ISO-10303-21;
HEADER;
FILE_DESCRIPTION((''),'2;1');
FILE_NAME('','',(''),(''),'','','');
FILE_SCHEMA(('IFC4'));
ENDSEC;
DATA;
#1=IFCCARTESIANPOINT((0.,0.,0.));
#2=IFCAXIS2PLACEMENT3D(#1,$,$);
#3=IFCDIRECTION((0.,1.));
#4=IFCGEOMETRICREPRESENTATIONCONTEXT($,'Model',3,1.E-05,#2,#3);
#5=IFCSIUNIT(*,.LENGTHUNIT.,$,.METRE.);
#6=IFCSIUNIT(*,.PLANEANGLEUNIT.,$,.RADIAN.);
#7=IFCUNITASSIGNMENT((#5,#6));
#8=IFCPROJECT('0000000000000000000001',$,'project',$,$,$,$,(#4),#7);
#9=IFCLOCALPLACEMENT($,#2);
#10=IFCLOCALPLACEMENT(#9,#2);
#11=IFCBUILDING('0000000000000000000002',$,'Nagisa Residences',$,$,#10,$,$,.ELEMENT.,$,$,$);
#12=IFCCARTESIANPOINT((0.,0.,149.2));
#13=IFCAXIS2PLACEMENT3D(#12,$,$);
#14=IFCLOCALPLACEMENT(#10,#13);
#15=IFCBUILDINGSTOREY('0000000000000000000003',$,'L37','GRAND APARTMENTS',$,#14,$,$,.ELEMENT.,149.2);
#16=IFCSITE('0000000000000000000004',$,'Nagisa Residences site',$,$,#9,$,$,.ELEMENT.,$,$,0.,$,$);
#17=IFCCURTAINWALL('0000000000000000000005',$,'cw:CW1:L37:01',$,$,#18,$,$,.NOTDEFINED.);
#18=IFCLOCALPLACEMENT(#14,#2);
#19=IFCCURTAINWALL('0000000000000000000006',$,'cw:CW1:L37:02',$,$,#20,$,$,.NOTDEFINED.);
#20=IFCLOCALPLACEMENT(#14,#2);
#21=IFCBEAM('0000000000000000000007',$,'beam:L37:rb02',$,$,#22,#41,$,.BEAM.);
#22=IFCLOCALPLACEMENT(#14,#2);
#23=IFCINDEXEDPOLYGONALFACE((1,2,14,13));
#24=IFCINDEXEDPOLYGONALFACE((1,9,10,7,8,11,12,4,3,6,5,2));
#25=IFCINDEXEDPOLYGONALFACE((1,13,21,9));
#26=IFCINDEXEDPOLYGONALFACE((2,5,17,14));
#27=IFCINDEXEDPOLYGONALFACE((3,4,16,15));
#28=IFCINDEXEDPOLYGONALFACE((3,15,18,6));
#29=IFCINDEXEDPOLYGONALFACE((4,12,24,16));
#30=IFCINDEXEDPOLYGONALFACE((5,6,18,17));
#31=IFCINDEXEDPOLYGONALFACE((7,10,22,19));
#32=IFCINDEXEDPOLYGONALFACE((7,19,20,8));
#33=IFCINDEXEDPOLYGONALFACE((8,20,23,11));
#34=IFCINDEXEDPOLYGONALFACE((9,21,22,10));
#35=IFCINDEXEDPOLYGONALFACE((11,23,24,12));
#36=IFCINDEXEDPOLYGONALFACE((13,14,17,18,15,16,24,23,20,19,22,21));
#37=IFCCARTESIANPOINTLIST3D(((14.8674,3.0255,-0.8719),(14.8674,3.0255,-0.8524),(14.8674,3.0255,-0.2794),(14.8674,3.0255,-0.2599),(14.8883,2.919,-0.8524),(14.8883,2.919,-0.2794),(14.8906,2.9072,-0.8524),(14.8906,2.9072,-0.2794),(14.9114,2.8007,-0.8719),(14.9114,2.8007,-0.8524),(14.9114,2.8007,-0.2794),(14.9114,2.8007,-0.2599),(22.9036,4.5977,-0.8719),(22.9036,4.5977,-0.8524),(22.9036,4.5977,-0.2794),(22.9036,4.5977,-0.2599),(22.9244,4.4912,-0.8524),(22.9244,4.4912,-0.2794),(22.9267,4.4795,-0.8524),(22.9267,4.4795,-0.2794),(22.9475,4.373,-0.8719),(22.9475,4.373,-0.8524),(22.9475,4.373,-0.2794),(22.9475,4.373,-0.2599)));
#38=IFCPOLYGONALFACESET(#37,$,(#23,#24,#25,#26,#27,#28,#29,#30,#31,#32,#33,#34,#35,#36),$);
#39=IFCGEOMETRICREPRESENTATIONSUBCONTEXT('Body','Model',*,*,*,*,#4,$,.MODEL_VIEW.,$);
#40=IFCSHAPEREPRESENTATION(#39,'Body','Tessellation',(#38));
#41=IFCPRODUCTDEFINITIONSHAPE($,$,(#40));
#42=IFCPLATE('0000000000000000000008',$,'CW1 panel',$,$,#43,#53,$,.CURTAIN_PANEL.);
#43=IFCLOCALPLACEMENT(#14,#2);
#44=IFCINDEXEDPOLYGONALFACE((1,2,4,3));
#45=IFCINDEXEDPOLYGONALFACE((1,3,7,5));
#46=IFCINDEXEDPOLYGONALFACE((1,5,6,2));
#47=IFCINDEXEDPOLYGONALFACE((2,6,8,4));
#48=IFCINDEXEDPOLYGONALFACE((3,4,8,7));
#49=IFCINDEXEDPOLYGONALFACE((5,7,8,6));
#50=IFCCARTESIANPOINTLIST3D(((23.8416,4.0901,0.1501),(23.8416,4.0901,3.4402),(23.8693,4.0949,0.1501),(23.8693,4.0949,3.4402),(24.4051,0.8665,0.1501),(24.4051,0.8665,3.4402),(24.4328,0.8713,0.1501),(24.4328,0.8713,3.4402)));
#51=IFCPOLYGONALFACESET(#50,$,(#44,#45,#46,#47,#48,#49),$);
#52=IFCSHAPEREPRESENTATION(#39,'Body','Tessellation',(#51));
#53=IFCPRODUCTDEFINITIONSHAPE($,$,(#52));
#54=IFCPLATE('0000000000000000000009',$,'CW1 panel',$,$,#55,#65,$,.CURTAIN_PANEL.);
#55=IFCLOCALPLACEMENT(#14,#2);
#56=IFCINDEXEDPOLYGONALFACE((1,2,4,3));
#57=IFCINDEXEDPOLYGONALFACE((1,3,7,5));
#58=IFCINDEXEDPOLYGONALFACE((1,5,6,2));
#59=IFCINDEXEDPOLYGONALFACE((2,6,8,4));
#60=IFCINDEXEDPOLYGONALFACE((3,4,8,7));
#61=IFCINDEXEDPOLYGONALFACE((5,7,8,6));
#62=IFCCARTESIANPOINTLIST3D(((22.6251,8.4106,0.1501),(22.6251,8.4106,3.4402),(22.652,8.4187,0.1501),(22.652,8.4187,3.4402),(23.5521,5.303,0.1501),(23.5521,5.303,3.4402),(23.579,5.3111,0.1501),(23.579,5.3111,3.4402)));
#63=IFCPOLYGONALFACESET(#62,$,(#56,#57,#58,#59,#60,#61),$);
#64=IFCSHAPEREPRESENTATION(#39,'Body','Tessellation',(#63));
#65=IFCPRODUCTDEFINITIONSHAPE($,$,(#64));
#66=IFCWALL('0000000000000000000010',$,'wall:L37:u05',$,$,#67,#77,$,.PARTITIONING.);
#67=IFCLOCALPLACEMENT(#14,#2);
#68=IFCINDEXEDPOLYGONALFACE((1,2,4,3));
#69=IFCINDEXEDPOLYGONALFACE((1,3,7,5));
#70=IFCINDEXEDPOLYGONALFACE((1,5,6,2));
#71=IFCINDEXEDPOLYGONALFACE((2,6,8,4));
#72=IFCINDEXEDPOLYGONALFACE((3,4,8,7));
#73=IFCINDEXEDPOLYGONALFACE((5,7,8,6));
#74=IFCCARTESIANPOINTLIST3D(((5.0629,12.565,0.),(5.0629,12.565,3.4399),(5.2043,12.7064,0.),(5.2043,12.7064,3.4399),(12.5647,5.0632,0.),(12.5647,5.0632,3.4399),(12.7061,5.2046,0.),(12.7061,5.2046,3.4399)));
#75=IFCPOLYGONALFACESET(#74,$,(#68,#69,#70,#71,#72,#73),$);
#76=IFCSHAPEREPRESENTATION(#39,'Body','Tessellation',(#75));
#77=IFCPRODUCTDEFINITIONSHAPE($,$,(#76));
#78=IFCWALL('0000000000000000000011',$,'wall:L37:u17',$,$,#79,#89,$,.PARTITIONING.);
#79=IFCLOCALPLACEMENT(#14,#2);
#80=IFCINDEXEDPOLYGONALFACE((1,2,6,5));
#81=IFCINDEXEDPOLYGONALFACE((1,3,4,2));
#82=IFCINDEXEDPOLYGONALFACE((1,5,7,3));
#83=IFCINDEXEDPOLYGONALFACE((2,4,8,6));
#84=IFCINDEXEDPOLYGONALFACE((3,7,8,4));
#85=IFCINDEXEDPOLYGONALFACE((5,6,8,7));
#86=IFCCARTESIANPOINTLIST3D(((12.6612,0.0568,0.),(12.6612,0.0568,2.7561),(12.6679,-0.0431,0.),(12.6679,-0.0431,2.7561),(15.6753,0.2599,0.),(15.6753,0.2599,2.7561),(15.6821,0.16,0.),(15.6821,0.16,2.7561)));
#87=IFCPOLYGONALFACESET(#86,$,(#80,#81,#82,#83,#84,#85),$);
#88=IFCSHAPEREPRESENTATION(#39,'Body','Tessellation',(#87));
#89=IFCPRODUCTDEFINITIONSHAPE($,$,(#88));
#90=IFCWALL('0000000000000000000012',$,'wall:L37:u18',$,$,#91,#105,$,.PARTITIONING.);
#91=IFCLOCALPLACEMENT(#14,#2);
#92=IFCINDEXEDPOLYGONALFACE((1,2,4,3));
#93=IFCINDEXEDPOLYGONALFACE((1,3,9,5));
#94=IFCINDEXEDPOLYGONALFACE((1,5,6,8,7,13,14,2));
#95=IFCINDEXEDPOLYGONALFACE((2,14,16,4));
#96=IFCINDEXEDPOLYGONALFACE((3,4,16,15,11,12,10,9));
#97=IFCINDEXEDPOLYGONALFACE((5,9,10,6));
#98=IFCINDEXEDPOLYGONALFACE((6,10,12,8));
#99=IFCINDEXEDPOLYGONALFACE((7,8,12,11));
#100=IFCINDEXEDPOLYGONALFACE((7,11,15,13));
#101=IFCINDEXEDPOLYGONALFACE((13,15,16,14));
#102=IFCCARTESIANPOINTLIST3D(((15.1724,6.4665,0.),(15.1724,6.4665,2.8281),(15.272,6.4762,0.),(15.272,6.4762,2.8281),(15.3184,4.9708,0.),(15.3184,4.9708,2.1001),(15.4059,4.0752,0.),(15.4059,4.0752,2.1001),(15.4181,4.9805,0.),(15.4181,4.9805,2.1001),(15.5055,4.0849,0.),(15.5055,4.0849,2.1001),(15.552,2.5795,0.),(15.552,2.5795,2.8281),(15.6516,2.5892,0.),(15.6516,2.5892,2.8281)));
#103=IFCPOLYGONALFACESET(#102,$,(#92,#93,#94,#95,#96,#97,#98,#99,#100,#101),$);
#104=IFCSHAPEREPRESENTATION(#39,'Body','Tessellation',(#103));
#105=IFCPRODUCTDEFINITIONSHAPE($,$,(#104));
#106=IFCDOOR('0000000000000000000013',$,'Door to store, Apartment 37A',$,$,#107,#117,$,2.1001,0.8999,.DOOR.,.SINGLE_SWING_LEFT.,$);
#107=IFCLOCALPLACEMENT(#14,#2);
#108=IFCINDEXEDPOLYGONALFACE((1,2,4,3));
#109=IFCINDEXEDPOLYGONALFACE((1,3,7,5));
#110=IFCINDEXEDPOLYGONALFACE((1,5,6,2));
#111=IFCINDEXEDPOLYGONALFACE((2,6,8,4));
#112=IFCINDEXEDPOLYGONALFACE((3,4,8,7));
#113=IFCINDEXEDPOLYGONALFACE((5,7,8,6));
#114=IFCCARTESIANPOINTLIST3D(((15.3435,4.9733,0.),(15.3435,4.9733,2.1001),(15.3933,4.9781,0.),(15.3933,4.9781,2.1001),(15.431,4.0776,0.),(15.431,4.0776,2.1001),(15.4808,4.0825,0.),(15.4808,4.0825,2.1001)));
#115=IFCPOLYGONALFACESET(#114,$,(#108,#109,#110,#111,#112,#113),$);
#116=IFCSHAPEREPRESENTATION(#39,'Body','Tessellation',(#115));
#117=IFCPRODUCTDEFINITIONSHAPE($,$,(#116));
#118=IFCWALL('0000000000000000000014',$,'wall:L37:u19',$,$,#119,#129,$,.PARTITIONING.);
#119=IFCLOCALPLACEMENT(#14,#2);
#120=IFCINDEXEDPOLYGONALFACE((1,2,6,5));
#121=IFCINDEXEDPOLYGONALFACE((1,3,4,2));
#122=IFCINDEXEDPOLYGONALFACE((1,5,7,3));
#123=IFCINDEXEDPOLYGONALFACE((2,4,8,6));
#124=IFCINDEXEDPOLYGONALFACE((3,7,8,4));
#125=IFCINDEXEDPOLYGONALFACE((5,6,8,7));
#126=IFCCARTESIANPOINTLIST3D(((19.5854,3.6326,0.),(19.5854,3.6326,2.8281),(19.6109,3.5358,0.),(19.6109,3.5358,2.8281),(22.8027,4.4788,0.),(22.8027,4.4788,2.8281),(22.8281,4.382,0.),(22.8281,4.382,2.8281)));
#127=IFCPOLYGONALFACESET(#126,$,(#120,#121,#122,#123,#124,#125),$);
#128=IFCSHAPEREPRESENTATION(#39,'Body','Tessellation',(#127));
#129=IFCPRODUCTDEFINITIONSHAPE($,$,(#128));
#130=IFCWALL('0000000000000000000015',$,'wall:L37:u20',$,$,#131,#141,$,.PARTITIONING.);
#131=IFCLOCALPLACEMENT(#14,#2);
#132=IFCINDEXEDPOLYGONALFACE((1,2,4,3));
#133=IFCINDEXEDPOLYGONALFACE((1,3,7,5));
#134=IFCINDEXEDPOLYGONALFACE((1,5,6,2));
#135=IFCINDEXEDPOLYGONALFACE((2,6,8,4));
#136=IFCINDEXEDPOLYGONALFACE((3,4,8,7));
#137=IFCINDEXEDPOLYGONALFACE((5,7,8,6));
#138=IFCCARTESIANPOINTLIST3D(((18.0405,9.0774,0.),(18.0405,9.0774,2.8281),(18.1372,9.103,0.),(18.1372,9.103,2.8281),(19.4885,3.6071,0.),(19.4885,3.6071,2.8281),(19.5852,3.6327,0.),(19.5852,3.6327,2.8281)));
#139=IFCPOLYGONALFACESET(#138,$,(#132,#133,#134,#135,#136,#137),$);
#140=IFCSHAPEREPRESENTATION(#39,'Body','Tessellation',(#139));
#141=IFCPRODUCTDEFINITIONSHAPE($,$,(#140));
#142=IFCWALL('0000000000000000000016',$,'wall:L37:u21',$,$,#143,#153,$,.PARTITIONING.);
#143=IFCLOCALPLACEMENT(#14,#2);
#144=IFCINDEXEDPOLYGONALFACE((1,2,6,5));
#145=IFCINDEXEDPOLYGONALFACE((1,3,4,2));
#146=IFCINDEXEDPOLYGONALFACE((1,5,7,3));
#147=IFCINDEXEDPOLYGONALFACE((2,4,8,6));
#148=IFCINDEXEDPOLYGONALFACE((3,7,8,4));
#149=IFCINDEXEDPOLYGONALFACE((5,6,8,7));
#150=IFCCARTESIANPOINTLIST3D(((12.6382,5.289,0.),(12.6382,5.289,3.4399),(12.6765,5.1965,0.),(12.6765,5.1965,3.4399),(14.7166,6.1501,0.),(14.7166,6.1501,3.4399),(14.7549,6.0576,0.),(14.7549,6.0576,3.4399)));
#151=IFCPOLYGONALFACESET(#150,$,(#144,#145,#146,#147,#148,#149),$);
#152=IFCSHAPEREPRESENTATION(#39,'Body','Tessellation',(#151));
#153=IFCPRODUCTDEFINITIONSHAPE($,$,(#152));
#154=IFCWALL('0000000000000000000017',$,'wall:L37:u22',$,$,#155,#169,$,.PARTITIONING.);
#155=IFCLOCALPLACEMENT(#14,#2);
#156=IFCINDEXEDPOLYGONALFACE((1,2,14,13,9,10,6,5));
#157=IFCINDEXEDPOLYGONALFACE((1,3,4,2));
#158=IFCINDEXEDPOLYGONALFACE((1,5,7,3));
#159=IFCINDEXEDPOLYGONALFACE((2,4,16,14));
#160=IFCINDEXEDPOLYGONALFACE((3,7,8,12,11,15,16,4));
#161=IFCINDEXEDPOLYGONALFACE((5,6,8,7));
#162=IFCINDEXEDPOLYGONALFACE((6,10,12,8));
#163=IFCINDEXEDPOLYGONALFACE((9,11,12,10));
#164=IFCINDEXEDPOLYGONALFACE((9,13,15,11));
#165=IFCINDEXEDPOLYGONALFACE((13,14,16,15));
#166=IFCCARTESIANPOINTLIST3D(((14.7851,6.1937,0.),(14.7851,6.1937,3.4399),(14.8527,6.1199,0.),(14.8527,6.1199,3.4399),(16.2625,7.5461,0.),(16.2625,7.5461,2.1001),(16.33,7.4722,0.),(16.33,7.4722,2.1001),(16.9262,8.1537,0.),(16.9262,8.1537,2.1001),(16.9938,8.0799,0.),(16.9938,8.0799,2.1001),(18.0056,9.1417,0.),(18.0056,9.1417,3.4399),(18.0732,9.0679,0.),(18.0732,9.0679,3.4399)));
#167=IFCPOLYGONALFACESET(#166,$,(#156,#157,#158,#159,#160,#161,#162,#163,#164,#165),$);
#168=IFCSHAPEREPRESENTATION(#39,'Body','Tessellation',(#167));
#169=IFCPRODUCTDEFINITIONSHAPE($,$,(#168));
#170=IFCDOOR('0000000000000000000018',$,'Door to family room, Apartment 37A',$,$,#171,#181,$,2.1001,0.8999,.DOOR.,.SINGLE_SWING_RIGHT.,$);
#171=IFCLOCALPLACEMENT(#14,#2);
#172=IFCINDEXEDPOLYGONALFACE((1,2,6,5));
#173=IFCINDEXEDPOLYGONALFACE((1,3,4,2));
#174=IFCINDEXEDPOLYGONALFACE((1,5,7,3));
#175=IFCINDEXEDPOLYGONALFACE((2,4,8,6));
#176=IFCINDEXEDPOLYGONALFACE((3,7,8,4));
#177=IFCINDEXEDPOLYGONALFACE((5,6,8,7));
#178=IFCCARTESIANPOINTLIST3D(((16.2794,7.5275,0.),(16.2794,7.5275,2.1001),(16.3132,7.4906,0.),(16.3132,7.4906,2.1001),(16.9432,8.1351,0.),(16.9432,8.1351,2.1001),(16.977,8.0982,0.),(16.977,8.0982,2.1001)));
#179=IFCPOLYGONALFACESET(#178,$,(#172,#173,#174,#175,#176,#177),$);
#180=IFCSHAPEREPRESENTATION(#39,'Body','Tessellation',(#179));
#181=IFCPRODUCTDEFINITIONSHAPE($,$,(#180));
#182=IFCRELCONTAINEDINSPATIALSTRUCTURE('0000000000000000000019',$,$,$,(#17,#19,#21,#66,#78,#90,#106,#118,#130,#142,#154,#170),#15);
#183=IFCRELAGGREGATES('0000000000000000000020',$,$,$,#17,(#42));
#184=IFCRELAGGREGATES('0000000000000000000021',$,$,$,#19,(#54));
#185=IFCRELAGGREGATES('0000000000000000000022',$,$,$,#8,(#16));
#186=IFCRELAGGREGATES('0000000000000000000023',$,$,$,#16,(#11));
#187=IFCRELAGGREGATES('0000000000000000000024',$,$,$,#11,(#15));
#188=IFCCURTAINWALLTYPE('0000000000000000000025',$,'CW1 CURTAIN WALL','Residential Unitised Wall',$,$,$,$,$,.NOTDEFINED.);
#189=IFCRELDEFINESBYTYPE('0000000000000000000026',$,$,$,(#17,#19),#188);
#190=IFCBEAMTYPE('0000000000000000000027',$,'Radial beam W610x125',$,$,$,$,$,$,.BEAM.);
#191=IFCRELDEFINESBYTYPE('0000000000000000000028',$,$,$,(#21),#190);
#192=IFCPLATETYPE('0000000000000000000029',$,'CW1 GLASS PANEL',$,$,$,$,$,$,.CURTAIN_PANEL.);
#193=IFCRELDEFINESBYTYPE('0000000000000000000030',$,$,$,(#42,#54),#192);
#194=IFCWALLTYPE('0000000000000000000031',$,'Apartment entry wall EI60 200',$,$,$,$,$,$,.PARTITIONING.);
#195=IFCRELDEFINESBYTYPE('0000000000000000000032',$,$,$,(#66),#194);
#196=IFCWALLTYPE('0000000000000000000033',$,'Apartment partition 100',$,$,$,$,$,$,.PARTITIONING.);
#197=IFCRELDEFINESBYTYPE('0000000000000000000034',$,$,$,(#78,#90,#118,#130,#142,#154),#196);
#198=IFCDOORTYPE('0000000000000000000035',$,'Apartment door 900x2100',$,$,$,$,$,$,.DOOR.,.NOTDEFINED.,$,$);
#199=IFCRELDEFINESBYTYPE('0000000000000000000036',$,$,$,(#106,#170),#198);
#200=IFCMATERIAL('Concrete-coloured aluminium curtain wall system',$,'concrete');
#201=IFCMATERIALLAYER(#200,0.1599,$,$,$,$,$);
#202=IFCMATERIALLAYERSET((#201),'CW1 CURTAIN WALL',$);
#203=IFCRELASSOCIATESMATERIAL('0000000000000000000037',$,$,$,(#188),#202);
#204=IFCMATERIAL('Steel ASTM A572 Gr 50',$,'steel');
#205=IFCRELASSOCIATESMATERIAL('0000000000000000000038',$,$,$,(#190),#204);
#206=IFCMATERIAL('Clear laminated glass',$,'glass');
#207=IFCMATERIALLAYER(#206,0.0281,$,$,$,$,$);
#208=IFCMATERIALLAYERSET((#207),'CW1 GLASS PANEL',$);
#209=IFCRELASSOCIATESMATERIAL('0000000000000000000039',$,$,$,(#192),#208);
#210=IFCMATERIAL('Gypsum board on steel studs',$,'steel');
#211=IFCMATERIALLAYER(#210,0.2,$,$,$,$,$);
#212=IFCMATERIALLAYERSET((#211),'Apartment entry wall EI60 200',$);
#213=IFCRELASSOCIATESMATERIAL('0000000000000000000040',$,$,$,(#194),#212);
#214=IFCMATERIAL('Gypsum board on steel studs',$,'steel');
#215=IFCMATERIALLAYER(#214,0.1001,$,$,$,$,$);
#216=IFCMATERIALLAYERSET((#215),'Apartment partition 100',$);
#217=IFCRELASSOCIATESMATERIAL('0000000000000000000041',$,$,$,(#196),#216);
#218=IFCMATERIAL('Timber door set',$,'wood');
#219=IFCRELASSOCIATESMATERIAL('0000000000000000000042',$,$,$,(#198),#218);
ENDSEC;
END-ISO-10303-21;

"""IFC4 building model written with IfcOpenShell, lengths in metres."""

from ifc_helpers import new_model, si_unit, direction, frame, frame_2d, origin, origin_2d, place, context, subcontext, project, spatial, rectangle, i_section, extrude, material, layer, layer_set, material_profile, profile_set, type_object, element, fill, aggregate, save


model = new_model("IFC4")

# Units and contexts
model_context = context("Model", 3, precision=1e-05, world=origin(), true_north=direction((0.0, 1.0)))
body_context = subcontext(model_context, "Body", "Model", "MODEL_VIEW")
ifc_project = project(units=[si_unit("LENGTHUNIT", "METRE"), si_unit("PLANEANGLEUNIT", "RADIAN")], contexts=[model_context])

# Site, building, storey
site_placement = place(None, origin())
site = spatial("IfcSite", under=ifc_project, at=site_placement, Name="Nagisa Residences site", CompositionType="ELEMENT", RefElevation=0.0)
building_placement = place(site_placement, origin())
building = spatial("IfcBuilding", under=site, at=building_placement, Name="Nagisa Residences", CompositionType="ELEMENT")
storey_placement = place(building_placement, frame((0.0, 0.0, 149.2)))
storey = spatial("IfcBuildingStorey", under=building, at=storey_placement, Name="L37", Description="GRAND APARTMENTS", CompositionType="ELEMENT", Elevation=149.2)

# Curtain walls
ifc_material_1 = material(Name="Concrete-coloured aluminium curtain wall system", Category="concrete")
ifc_layer_1 = layer(ifc_material_1, 0.1599)
ifc_layer_set_1 = layer_set([ifc_layer_1], Name="CW1 CURTAIN WALL")
curtain_wall_type = type_object("IfcCurtainWallType", Name="CW1 CURTAIN WALL", Description="Residential Unitised Wall", PredefinedType="NOTDEFINED", material=ifc_layer_set_1)
curtain_wall_1_placement = place(storey_placement, origin())
curtain_wall_1 = element("IfcCurtainWall", 1, at=curtain_wall_1_placement, inside=storey, type_object=curtain_wall_type, Name="cw:CW1:L37:01", PredefinedType="NOTDEFINED")
curtain_wall_2_placement = place(storey_placement, origin())
curtain_wall_2 = element("IfcCurtainWall", 2, at=curtain_wall_2_placement, inside=storey, type_object=curtain_wall_type, Name="cw:CW1:L37:02", PredefinedType="NOTDEFINED")

# Beam
ifc_material_2 = material(Name="Steel ASTM A572 Gr 50", Category="steel")
ifc_material_profile_1 = material_profile(ifc_material_2, i_section(OverallWidth=0.229, OverallDepth=0.6121, WebThickness=0.012, FlangeThickness=0.0195, at=origin_2d()), Name="W610x125")
ifc_profile_set_1 = profile_set([ifc_material_profile_1], Name="Steel ASTM A572 Gr 50")
beam_type_1 = type_object("IfcBeamType", Name="Radial beam W610x125", PredefinedType="BEAM", material=ifc_profile_set_1)
beam_1_placement = place(storey_placement, frame((22.9255, 4.4854, -0.5659), z_axis=(-0.981393, -0.192009, 0.0), x_axis=(0.192009, -0.981393, 0.0)))
element("IfcBeam", 3, at=beam_1_placement, inside=storey, type_object=beam_type_1, Name="beam:L37:rb02", PredefinedType="BEAM", context=body_context, shape_type="SweptSolid", body=[
    extrude(i_section(OverallWidth=0.229, OverallDepth=0.6121, WebThickness=0.012, FlangeThickness=0.0195, at=origin_2d()), origin(), (0.0, 0.0, 1.0), 8.1885),
])

# Plates
ifc_material_3 = material(Name="Clear laminated glass", Category="glass")
ifc_layer_2 = layer(ifc_material_3, 0.0281)
ifc_layer_set_2 = layer_set([ifc_layer_2], Name="CW1 GLASS PANEL")
plate_type = type_object("IfcPlateType", Name="CW1 GLASS PANEL", PredefinedType="CURTAIN_PANEL", material=ifc_layer_set_2)
plate_1_placement = place(storey_placement, frame((24.1372, 2.4807, 0.1501), z_axis=(0.0, 0.0, 1.0), x_axis=(-0.172191, 0.985064, 0.0)))
plate_1 = element("IfcPlate", 4, at=plate_1_placement, type_object=plate_type, Name="CW1 panel", PredefinedType="CURTAIN_PANEL", context=body_context, shape_type="SweptSolid", body=[
    extrude(rectangle(XDim=3.2725, YDim=0.0281, at=origin_2d()), origin(), (0.0, 0.0, 1.0), 3.29),
])
aggregate(curtain_wall_1, [plate_1])
plate_2_placement = place(storey_placement, frame((23.1021, 6.8608, 0.1501), z_axis=(0.0, 0.0, 1.0), x_axis=(-0.28586, 0.958271, 0.0)))
plate_2 = element("IfcPlate", 5, at=plate_2_placement, type_object=plate_type, Name="CW1 panel", PredefinedType="CURTAIN_PANEL", context=body_context, shape_type="SweptSolid", body=[
    extrude(rectangle(XDim=3.2429, YDim=0.0281, at=origin_2d()), origin(), (0.0, 0.0, 1.0), 3.29),
])
aggregate(curtain_wall_2, [plate_2])

# Walls
ifc_material_4 = material(Name="Gypsum board on steel studs", Category="steel")
ifc_layer_3 = layer(ifc_material_4, 0.2)
ifc_layer_set_3 = layer_set([ifc_layer_3], Name="Apartment entry wall EI60 200")
wall_type_1 = type_object("IfcWallType", Name="Apartment entry wall EI60 200", PredefinedType="PARTITIONING", material=ifc_layer_set_3)
wall_1_placement = place(storey_placement, frame((12.6355, 5.1338, 0.0), z_axis=(0.0, 0.0, 1.0), x_axis=(-0.707107, 0.707107, 0.0)))
element("IfcWall", 6, at=wall_1_placement, inside=storey, type_object=wall_type_1, Name="wall:L37:u05", PredefinedType="PARTITIONING", context=body_context, shape_type="SweptSolid", body=[
    extrude(rectangle(XDim=10.6091, YDim=0.2, at=frame_2d((5.3047, 0.0))), origin(), (0.0, 0.0, 1.0), 3.4399),
])
ifc_material_5 = material(Name="Gypsum board on steel studs", Category="steel")
ifc_layer_4 = layer(ifc_material_5, 0.1001)
ifc_layer_set_4 = layer_set([ifc_layer_4], Name="Apartment partition 100")
wall_type_2 = type_object("IfcWallType", Name="Apartment partition 100", PredefinedType="PARTITIONING", material=ifc_layer_set_4)
wall_2_placement = place(storey_placement, frame((12.6646, 0.0068, 0.0), z_axis=(0.0, 0.0, 1.0), x_axis=(0.997737, 0.067238, 0.0)))
element("IfcWall", 7, at=wall_2_placement, inside=storey, type_object=wall_type_2, Name="wall:L37:u17", PredefinedType="PARTITIONING", context=body_context, shape_type="SweptSolid", body=[
    extrude(rectangle(XDim=3.021, YDim=0.1001, at=frame_2d((1.5105, 0.0))), origin(), (0.0, 0.0, 1.0), 2.7561),
])

# Wall, opening, door
wall_3_placement = place(storey_placement, frame((15.6018, 2.5845, 0.0), z_axis=(0.0, 0.0, 1.0), x_axis=(-0.097207, 0.995264, 0.0)))
wall_3 = element("IfcWall", 8, at=wall_3_placement, inside=storey, type_object=wall_type_2, Name="wall:L37:u18", PredefinedType="PARTITIONING", context=body_context, shape_type="SweptSolid", body=[
    extrude(rectangle(XDim=3.9055, YDim=0.1001, at=frame_2d((1.9526, 0.0))), origin(), (0.0, 0.0, 1.0), 2.8281),
])
opening_1_placement = place(wall_3_placement, frame((1.5027, 0.0, 0.0)))
opening_1 = element("IfcOpeningElement", 9, at=opening_1_placement, cuts=wall_3, PredefinedType="OPENING", context=body_context, shape_type="SweptSolid", body=[
    extrude(rectangle(XDim=0.8999, YDim=2.1001, at=frame_2d((0.45, 1.05))), frame((0.0, 0.0601, 0.0), z_axis=(0.0, -1.0, 0.0), x_axis=(1.0, 0.0, 0.0)), (0.0, 0.0, 1.0), 0.1201),
])
ifc_material_6 = material(Name="Timber door set", Category="wood")
door_type_1 = type_object("IfcDoorType", Name="Apartment door 900x2100", OperationType="NOTDEFINED", PredefinedType="DOOR", material=ifc_material_6)
door_1_placement = place(opening_1_placement, origin())
door_1 = element("IfcDoor", 10, at=door_1_placement, inside=storey, type_object=door_type_1, Name="Door to store, Apartment 37A", OperationType="SINGLE_SWING_LEFT", OverallHeight=2.1001, OverallWidth=0.8999, PredefinedType="DOOR", context=body_context, shape_type="SweptSolid", body=[
    extrude(rectangle(XDim=0.8999, YDim=2.1001, at=frame_2d((0.45, 1.05))), frame((0.0, 0.0249, 0.0), z_axis=(0.0, -1.0, 0.0), x_axis=(1.0, 0.0, 0.0)), (0.0, 0.0, 1.0), 0.05),
])
fill(opening_1, door_1)

# Walls
wall_4_placement = place(storey_placement, frame((19.5981, 3.5842, 0.0), z_axis=(0.0, 0.0, 1.0), x_axis=(0.967109, 0.254363, 0.0)))
element("IfcWall", 11, at=wall_4_placement, inside=storey, type_object=wall_type_2, Name="wall:L37:u19", PredefinedType="PARTITIONING", context=body_context, shape_type="SweptSolid", body=[
    extrude(rectangle(XDim=3.3267, YDim=0.1001, at=frame_2d((1.6633, 0.0))), origin(), (0.0, 0.0, 1.0), 2.8281),
])
wall_5_placement = place(storey_placement, frame((19.5369, 3.6199, 0.0), z_axis=(0.0, 0.0, 1.0), x_axis=(-0.255893, 0.966705, 0.0)))
element("IfcWall", 12, at=wall_5_placement, inside=storey, type_object=wall_type_2, Name="wall:L37:u20", PredefinedType="PARTITIONING", context=body_context, shape_type="SweptSolid", body=[
    extrude(rectangle(XDim=5.6587, YDim=0.1001, at=frame_2d((2.8293, 0.0))), origin(), (0.0, 0.0, 1.0), 2.8281),
])
wall_6_placement = place(storey_placement, frame((12.6572, 5.2427, 0.0), z_axis=(0.0, 0.0, 1.0), x_axis=(0.923849, 0.382758, 0.0)))
element("IfcWall", 13, at=wall_6_placement, inside=storey, type_object=wall_type_2, Name="wall:L37:u21", PredefinedType="PARTITIONING", context=body_context, shape_type="SweptSolid", body=[
    extrude(rectangle(XDim=2.2498, YDim=0.1001, at=frame_2d((1.125, 0.0))), origin(), (0.0, 0.0, 1.0), 3.4399),
])

# Wall, opening, door
wall_7_placement = place(storey_placement, frame((14.8188, 6.1567, 0.0), z_axis=(0.0, 0.0, 1.0), x_axis=(0.737621, 0.675216, 0.0)))
wall_7 = element("IfcWall", 14, at=wall_7_placement, inside=storey, type_object=wall_type_2, Name="wall:L37:u22", PredefinedType="PARTITIONING", context=body_context, shape_type="SweptSolid", body=[
    extrude(rectangle(XDim=4.366, YDim=0.1001, at=frame_2d((2.1831, 0.0))), origin(), (0.0, 0.0, 1.0), 3.4399),
])
opening_2_placement = place(wall_7_placement, frame((2.0029, 0.0, 0.0)))
opening_2 = element("IfcOpeningElement", 15, at=opening_2_placement, cuts=wall_7, PredefinedType="OPENING", context=body_context, shape_type="SweptSolid", body=[
    extrude(rectangle(XDim=0.8999, YDim=2.1001, at=frame_2d((0.45, 1.05))), frame((0.0, 0.0601, 0.0), z_axis=(0.0, -1.0, 0.0), x_axis=(1.0, 0.0, 0.0)), (0.0, 0.0, 1.0), 0.1201),
])
door_2_placement = place(opening_2_placement, origin())
door_2 = element("IfcDoor", 16, at=door_2_placement, inside=storey, type_object=door_type_1, Name="Door to family room, Apartment 37A", OperationType="SINGLE_SWING_RIGHT", OverallHeight=2.1001, OverallWidth=0.8999, PredefinedType="DOOR", context=body_context, shape_type="SweptSolid", body=[
    extrude(rectangle(XDim=0.8999, YDim=2.1001, at=frame_2d((0.45, 1.05))), frame((0.0, 0.0249, 0.0), z_axis=(0.0, -1.0, 0.0), x_axis=(1.0, 0.0, 0.0)), (0.0, 0.0, 1.0), 0.05),
])
fill(opening_2, door_2)

save(model, "model.ifc")
